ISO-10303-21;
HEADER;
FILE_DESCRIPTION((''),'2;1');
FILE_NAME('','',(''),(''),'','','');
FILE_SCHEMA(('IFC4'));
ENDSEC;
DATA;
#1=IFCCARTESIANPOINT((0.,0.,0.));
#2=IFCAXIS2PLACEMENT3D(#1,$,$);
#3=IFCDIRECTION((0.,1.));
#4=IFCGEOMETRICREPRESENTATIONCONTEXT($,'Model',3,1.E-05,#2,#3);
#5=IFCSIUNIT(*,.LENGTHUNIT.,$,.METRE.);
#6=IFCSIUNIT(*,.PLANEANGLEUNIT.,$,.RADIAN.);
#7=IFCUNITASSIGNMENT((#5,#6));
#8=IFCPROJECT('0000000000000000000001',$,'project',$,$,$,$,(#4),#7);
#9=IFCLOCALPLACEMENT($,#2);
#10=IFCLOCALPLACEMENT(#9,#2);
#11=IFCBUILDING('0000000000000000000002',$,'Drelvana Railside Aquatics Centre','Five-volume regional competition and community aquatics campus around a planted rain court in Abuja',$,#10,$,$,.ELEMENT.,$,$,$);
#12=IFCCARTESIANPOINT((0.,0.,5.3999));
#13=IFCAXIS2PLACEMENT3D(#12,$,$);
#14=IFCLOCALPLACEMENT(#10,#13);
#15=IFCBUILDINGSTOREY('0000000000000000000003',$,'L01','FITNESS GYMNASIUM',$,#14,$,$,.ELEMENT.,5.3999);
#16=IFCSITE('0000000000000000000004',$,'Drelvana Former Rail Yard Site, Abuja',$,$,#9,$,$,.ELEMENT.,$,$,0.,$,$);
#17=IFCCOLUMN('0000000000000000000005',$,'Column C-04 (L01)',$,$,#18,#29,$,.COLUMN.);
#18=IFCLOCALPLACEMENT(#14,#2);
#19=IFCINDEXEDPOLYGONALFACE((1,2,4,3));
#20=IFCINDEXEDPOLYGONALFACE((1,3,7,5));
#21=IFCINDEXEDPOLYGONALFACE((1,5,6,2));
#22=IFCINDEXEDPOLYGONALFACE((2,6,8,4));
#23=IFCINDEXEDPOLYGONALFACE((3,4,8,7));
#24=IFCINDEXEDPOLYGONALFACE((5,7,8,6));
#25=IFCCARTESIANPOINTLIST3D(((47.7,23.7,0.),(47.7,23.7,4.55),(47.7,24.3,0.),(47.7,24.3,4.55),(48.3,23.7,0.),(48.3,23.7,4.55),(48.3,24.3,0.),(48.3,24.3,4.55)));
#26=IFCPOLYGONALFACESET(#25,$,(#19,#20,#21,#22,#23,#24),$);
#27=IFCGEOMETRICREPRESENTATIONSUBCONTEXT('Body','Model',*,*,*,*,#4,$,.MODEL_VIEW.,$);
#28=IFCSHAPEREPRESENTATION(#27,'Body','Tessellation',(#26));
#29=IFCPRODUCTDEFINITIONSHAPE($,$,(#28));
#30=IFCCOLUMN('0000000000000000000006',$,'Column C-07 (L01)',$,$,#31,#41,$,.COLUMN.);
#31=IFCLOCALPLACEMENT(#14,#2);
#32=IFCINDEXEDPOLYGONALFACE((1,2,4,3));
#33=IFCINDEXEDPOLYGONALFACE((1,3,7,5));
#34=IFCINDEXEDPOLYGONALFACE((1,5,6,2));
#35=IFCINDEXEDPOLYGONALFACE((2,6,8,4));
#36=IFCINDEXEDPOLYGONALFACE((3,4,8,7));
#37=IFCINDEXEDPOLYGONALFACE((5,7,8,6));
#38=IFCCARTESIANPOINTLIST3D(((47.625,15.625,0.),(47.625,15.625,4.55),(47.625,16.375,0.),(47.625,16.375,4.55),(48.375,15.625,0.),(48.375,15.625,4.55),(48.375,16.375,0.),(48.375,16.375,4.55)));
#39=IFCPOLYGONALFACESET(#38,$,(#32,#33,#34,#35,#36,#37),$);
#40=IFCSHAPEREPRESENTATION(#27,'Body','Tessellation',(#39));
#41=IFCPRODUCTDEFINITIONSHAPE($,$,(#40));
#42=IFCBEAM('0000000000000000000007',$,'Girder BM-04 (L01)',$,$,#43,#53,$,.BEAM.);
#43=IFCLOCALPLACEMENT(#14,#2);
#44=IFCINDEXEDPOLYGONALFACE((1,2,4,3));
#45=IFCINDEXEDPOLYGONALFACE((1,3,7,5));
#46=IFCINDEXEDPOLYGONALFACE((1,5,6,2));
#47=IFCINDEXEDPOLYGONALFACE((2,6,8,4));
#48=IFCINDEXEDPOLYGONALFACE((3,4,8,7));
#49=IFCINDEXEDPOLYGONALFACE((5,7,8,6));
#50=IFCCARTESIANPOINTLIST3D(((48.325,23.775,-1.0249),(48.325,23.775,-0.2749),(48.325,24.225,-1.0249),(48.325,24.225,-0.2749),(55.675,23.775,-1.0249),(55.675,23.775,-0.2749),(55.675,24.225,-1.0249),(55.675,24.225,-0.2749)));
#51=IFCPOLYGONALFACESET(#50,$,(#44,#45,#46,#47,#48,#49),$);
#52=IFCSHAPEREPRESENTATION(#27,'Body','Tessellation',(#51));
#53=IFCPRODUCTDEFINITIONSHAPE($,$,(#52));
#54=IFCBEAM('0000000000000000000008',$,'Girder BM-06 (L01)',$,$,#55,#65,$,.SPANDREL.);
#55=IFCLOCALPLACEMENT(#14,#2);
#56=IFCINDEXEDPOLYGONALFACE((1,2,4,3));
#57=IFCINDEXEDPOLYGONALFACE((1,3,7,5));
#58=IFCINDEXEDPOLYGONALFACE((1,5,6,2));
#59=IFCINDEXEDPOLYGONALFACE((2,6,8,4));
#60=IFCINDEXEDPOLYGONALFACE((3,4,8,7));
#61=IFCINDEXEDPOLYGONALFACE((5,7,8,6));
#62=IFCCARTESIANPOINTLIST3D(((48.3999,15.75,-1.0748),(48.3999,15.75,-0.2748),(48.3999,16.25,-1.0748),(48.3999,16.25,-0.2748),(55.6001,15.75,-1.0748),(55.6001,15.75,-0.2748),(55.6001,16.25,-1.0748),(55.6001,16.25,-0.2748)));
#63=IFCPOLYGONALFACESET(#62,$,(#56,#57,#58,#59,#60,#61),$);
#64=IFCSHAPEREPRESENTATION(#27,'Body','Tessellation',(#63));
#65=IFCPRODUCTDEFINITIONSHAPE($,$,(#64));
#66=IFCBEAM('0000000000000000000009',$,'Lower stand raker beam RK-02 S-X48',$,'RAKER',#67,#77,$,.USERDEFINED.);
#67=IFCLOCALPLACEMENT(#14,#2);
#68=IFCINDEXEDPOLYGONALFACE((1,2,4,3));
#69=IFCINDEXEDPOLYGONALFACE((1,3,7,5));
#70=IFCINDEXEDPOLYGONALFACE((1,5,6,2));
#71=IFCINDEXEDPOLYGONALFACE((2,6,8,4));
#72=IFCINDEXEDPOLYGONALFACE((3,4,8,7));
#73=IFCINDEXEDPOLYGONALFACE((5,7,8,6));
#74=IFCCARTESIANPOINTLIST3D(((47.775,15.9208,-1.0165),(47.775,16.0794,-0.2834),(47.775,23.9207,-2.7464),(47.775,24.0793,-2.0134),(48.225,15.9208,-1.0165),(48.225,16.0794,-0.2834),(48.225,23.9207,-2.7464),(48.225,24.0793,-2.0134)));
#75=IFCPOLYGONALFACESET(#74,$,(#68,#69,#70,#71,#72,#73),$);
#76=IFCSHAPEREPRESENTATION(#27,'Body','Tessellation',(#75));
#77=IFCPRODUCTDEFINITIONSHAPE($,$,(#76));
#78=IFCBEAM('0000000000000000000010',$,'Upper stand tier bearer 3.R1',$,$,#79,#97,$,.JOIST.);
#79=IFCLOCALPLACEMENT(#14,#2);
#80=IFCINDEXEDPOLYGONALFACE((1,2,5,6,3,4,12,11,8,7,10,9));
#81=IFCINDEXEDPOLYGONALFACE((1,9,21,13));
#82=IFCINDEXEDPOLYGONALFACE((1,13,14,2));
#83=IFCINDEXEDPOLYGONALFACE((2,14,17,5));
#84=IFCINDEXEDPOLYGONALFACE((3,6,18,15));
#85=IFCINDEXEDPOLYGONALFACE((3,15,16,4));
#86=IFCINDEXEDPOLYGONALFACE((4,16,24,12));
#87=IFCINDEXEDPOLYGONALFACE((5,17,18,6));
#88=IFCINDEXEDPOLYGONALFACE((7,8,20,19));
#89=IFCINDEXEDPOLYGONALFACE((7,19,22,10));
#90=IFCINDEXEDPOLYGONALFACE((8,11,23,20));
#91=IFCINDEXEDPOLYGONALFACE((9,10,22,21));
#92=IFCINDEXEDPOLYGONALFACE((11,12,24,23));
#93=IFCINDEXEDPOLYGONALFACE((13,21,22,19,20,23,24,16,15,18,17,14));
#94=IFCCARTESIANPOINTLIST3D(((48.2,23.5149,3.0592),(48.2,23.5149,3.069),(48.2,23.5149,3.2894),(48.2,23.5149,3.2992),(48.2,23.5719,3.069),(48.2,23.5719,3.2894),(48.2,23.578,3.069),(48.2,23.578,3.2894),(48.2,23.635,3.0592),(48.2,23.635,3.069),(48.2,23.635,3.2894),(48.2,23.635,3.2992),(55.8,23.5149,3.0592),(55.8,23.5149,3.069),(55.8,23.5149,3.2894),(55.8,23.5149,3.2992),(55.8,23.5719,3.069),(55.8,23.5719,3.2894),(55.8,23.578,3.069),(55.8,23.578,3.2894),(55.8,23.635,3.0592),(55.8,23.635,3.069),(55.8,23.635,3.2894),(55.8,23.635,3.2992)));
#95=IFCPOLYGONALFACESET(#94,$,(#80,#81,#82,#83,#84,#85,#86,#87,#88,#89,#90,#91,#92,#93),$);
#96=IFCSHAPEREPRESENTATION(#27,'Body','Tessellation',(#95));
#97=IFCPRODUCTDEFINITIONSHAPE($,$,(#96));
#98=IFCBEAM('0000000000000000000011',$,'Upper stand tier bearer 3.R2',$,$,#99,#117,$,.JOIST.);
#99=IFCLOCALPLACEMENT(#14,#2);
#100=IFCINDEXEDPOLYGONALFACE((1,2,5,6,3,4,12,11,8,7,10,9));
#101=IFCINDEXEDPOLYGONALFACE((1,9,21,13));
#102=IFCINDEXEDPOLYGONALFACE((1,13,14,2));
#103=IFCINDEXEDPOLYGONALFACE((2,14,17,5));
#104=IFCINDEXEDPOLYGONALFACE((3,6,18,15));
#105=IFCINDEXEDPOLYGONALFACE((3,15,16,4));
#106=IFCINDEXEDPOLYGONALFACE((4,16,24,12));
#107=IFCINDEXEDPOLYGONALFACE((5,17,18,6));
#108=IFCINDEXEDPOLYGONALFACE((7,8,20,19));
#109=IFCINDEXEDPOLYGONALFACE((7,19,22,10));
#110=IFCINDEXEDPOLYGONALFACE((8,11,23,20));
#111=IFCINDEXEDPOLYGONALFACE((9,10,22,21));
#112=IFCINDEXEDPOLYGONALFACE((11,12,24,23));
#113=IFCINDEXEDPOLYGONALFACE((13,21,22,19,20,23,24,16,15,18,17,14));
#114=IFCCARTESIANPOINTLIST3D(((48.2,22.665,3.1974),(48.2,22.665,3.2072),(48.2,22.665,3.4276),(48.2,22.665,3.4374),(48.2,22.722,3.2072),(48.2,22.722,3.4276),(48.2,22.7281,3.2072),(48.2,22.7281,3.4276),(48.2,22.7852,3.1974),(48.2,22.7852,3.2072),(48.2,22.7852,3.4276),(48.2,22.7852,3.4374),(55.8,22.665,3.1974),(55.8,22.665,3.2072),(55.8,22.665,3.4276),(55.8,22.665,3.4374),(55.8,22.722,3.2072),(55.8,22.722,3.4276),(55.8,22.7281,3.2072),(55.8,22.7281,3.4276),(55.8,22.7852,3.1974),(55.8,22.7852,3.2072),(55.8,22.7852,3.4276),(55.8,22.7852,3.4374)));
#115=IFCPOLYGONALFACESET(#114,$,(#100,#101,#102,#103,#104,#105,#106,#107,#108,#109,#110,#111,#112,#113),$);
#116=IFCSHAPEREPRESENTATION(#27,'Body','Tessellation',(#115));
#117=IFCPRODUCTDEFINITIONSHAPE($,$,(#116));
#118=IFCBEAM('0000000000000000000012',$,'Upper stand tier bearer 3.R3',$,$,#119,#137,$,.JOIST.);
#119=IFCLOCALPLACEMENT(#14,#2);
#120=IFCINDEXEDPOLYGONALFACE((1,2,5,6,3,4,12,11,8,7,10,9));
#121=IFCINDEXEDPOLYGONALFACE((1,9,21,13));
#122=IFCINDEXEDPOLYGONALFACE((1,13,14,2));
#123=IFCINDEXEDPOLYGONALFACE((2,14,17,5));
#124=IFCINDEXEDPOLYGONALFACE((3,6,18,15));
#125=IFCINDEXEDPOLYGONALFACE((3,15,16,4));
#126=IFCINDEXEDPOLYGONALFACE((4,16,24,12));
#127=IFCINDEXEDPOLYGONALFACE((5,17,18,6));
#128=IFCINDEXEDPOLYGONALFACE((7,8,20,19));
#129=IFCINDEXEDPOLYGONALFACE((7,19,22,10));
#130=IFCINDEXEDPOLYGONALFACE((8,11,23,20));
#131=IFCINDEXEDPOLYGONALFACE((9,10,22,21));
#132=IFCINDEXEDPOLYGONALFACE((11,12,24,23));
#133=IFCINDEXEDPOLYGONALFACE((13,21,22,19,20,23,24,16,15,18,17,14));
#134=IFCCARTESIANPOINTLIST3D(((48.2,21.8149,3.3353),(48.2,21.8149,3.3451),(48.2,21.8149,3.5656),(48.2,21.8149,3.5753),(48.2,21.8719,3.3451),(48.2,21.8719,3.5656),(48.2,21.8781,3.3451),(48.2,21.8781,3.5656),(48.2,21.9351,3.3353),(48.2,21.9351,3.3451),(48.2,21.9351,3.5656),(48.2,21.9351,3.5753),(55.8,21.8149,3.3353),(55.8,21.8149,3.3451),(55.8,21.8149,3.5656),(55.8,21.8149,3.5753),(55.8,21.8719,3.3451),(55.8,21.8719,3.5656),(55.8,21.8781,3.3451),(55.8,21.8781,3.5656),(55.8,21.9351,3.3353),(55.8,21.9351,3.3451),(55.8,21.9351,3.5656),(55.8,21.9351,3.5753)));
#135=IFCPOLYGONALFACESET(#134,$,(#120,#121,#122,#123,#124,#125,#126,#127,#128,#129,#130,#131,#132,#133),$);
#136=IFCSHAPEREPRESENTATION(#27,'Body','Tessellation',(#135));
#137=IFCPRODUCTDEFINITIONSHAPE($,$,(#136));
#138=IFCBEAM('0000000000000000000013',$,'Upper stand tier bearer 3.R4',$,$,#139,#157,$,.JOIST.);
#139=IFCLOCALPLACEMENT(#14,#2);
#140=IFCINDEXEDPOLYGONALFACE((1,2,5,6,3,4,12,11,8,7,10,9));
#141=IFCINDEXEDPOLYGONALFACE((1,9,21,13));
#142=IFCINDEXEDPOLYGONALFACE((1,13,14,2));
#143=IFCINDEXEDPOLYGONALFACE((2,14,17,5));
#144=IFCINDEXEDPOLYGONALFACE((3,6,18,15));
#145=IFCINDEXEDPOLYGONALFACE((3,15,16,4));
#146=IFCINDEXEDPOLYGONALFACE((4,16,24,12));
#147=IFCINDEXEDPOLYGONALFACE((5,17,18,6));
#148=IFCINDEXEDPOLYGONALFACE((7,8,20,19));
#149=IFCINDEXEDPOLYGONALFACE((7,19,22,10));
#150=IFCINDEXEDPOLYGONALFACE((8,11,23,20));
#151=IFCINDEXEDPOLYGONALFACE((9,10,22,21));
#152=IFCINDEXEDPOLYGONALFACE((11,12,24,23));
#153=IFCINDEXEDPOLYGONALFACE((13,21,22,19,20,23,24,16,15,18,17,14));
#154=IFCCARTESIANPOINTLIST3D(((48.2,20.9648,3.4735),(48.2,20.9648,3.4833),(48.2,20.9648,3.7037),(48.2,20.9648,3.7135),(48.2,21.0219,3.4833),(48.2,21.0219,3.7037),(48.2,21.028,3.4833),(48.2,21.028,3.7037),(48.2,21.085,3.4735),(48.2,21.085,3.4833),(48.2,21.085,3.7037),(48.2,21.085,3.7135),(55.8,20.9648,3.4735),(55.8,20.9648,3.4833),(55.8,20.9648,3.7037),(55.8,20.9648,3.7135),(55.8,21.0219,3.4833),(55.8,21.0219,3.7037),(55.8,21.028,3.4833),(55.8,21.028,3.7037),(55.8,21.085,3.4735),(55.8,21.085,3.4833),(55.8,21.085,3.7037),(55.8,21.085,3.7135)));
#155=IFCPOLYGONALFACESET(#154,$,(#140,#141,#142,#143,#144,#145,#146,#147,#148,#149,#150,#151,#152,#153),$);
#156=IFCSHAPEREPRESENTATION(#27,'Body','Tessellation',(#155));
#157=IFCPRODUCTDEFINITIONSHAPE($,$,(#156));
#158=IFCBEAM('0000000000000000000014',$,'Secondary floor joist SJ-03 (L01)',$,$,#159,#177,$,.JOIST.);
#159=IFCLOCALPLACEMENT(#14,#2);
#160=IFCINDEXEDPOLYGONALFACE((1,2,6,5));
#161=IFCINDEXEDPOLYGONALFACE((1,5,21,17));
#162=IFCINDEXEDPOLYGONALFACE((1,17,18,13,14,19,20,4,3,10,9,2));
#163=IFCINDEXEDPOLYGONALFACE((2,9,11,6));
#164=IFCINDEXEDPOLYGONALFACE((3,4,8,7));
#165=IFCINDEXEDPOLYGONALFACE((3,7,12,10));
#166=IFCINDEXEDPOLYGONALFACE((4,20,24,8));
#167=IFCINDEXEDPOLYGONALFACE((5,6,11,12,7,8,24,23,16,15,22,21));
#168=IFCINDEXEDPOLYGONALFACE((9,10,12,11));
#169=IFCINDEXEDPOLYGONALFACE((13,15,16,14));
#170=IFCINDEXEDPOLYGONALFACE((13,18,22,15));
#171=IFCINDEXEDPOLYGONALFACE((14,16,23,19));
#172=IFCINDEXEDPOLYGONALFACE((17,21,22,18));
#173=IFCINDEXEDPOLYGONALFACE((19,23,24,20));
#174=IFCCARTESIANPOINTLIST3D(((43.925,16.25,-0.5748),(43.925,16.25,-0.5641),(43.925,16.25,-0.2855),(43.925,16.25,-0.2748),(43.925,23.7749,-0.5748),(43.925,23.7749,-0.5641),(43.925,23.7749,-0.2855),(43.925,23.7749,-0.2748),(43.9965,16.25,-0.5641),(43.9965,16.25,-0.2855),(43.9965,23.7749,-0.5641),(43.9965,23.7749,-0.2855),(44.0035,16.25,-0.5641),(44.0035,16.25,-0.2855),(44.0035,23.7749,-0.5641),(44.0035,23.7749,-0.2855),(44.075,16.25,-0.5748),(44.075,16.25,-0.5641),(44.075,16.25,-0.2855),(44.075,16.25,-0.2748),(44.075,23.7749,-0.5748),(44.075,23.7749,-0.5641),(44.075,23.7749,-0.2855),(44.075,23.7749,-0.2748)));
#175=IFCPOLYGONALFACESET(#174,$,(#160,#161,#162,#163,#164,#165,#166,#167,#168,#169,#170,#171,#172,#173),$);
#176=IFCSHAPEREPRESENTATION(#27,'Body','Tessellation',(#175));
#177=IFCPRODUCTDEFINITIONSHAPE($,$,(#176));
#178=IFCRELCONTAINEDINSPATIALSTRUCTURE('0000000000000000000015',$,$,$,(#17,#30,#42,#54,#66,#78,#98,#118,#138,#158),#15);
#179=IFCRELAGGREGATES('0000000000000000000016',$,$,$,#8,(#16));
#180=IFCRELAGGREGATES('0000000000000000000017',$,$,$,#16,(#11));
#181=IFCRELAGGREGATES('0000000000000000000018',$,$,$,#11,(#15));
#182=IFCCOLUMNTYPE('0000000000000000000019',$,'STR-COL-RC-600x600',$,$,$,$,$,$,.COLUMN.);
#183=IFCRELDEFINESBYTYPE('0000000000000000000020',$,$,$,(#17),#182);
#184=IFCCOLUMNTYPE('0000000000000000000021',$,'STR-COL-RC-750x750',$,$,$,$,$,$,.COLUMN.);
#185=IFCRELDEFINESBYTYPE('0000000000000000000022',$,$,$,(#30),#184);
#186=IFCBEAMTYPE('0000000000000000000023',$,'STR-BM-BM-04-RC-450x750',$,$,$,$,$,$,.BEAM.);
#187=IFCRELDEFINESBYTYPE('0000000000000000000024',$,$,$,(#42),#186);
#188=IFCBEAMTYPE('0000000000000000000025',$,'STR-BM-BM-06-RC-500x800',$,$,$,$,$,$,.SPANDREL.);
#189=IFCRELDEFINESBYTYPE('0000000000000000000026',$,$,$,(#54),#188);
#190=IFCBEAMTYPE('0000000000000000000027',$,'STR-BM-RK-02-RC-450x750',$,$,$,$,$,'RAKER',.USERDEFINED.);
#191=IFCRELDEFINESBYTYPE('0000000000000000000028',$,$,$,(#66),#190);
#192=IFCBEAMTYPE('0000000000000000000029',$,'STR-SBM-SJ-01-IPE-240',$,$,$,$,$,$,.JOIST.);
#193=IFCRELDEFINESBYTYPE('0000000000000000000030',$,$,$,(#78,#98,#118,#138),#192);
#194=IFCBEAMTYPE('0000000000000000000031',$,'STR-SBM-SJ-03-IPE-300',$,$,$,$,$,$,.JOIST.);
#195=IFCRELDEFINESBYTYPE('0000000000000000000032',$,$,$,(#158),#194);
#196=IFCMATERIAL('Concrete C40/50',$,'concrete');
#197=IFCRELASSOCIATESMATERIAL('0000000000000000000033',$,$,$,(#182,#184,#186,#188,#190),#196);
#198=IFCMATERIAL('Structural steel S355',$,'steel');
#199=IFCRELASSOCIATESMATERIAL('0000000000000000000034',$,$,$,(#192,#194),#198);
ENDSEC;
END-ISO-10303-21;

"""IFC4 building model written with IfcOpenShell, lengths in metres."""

from ifc_helpers import new_model, si_unit, direction, frame, origin, origin_2d, place, context, subcontext, project, spatial, rectangle, i_section, extrude, material, material_profile, profile_set, type_object, element, save


model = new_model("IFC4")

# Units and contexts
model_context = context("Model", 3, precision=1e-05, world=origin(), true_north=direction((0.0, 1.0)))
body_context = subcontext(model_context, "Body", "Model", "MODEL_VIEW")
ifc_project = project(units=[si_unit("LENGTHUNIT", "METRE"), si_unit("PLANEANGLEUNIT", "RADIAN")], contexts=[model_context])

# Site, building, storey
site_placement = place(None, origin())
site = spatial("IfcSite", under=ifc_project, at=site_placement, Name="Drelvana Former Rail Yard Site, Abuja", CompositionType="ELEMENT", RefElevation=0.0)
building_placement = place(site_placement, origin())
building = spatial("IfcBuilding", under=site, at=building_placement, Name="Drelvana Railside Aquatics Centre", Description="Five-volume regional competition and community aquatics campus around a planted rain court in Abuja", CompositionType="ELEMENT")
storey_placement = place(building_placement, frame((0.0, 0.0, 5.3999)))
storey = spatial("IfcBuildingStorey", under=building, at=storey_placement, Name="L01", Description="FITNESS GYMNASIUM", CompositionType="ELEMENT", Elevation=5.3999)

# Columns
ifc_material_1 = material(Name="Concrete C40/50", Category="concrete")
ifc_material_profile_1 = material_profile(ifc_material_1, rectangle(XDim=0.6001, YDim=0.6001, at=origin_2d()), Name="RC 600x600")
ifc_profile_set_1 = profile_set([ifc_material_profile_1], Name="Concrete C40/50")
column_type_1 = type_object("IfcColumnType", Name="STR-COL-RC-600x600", PredefinedType="COLUMN", material=ifc_profile_set_1)
column_1_placement = place(storey_placement, frame((48.0, 24.0, 0.0), z_axis=(0.0, 0.0, 1.0), x_axis=(1.0, 0.0, 0.0)))
element("IfcColumn", 1, at=column_1_placement, inside=storey, type_object=column_type_1, Name="Column C-04 (L01)", PredefinedType="COLUMN", context=body_context, shape_type="SweptSolid", body=[
    extrude(rectangle(XDim=0.6001, YDim=0.6001, at=origin_2d()), origin(), (0.0, 0.0, 1.0), 4.55),
])
ifc_material_profile_2 = material_profile(ifc_material_1, rectangle(XDim=0.75, YDim=0.75, at=origin_2d()), Name="RC 750x750")
ifc_profile_set_2 = profile_set([ifc_material_profile_2], Name="Concrete C40/50")
column_type_2 = type_object("IfcColumnType", Name="STR-COL-RC-750x750", PredefinedType="COLUMN", material=ifc_profile_set_2)
column_2_placement = place(storey_placement, frame((48.0, 16.0, 0.0), z_axis=(0.0, 0.0, 1.0), x_axis=(1.0, 0.0, 0.0)))
element("IfcColumn", 2, at=column_2_placement, inside=storey, type_object=column_type_2, Name="Column C-07 (L01)", PredefinedType="COLUMN", context=body_context, shape_type="SweptSolid", body=[
    extrude(rectangle(XDim=0.75, YDim=0.75, at=origin_2d()), origin(), (0.0, 0.0, 1.0), 4.55),
])

# Beams
ifc_material_profile_3 = material_profile(ifc_material_1, rectangle(XDim=0.45, YDim=0.75, at=origin_2d()), Name="RC 450x750")
ifc_profile_set_3 = profile_set([ifc_material_profile_3], Name="Concrete C40/50")
beam_type_1 = type_object("IfcBeamType", Name="STR-BM-BM-04-RC-450x750", PredefinedType="BEAM", material=ifc_profile_set_3)
beam_1_placement = place(storey_placement, frame((48.325, 24.0, -0.6499), z_axis=(1.0, 0.0, 0.0), x_axis=(0.0, 1.0, 0.0)))
element("IfcBeam", 3, at=beam_1_placement, inside=storey, type_object=beam_type_1, Name="Girder BM-04 (L01)", PredefinedType="BEAM", context=body_context, shape_type="SweptSolid", body=[
    extrude(rectangle(XDim=0.45, YDim=0.75, at=origin_2d()), origin(), (0.0, 0.0, 1.0), 7.3501),
])
ifc_material_profile_4 = material_profile(ifc_material_1, rectangle(XDim=0.5, YDim=0.8, at=origin_2d()), Name="RC 500x800")
ifc_profile_set_4 = profile_set([ifc_material_profile_4], Name="Concrete C40/50")
beam_type_2 = type_object("IfcBeamType", Name="STR-BM-BM-06-RC-500x800", PredefinedType="SPANDREL", material=ifc_profile_set_4)
beam_2_placement = place(storey_placement, frame((48.3999, 16.0, -0.6748), z_axis=(1.0, 0.0, 0.0), x_axis=(0.0, 1.0, 0.0)))
element("IfcBeam", 4, at=beam_2_placement, inside=storey, type_object=beam_type_2, Name="Girder BM-06 (L01)", PredefinedType="SPANDREL", context=body_context, shape_type="SweptSolid", body=[
    extrude(rectangle(XDim=0.5, YDim=0.8, at=origin_2d()), origin(), (0.0, 0.0, 1.0), 7.2002),
])
ifc_material_profile_5 = material_profile(ifc_material_1, rectangle(XDim=0.45, YDim=0.75, at=origin_2d()), Name="RC 450x750")
ifc_profile_set_5 = profile_set([ifc_material_profile_5], Name="Concrete C40/50")
beam_type_3 = type_object("IfcBeamType", Name="STR-BM-RK-02-RC-450x750", ElementType="RAKER", PredefinedType="USERDEFINED", material=ifc_profile_set_5)
beam_3_placement = place(storey_placement, frame((48.0, 24.0, -2.3799), z_axis=(0.0, -0.977408, 0.211362), x_axis=(1.0, 0.0, 0.0)))
element("IfcBeam", 5, at=beam_3_placement, inside=storey, type_object=beam_type_3, Name="Lower stand raker beam RK-02 S-X48", ObjectType="RAKER", PredefinedType="USERDEFINED", context=body_context, shape_type="SweptSolid", body=[
    extrude(rectangle(XDim=0.45, YDim=0.75, at=origin_2d()), origin(), (0.0, 0.0, 1.0), 8.1848),
])
ifc_material_2 = material(Name="Structural steel S355", Category="steel")
ifc_material_profile_6 = material_profile(ifc_material_2, i_section(OverallWidth=0.1201, OverallDepth=0.24, WebThickness=0.0061, FlangeThickness=0.0098, at=origin_2d()), Name="IPE 240")
ifc_profile_set_6 = profile_set([ifc_material_profile_6], Name="Structural steel S355")
beam_type_4 = type_object("IfcBeamType", Name="STR-SBM-SJ-01-IPE-240", PredefinedType="JOIST", material=ifc_profile_set_6)
for number, where, z_axis, x_axis, name in (
    (6, (48.2, 23.575, 3.1792), (1.0, 0.0, 0.0), (0.0, 1.0, 0.0), "Upper stand tier bearer 3.R1"),
    (7, (48.2, 22.7251, 3.3174), (1.0, 0.0, 0.0), (0.0, 1.0, 0.0), "Upper stand tier bearer 3.R2"),
    (8, (48.2, 21.875, 3.4553), (1.0, 0.0, 0.0), (0.0, 1.0, 0.0), "Upper stand tier bearer 3.R3"),
    (9, (48.2, 21.0249, 3.5935), (1.0, 0.0, 0.0), (0.0, 1.0, 0.0), "Upper stand tier bearer 3.R4"),
):
    element("IfcBeam", number, at=place(storey_placement, frame(where, z_axis=z_axis, x_axis=x_axis)), inside=storey, type_object=beam_type_4, Name=name, PredefinedType="JOIST", context=body_context, shape_type="SweptSolid", body=[
        extrude(i_section(OverallWidth=0.1201, OverallDepth=0.24, WebThickness=0.0061, FlangeThickness=0.0098, at=origin_2d()), origin(), (0.0, 0.0, 1.0), 7.6001),
    ])
ifc_material_profile_7 = material_profile(ifc_material_2, i_section(OverallWidth=0.1499, OverallDepth=0.3, WebThickness=0.0071, FlangeThickness=0.0107, at=origin_2d()), Name="IPE 300")
ifc_profile_set_7 = profile_set([ifc_material_profile_7], Name="Structural steel S355")
beam_type_5 = type_object("IfcBeamType", Name="STR-SBM-SJ-03-IPE-300", PredefinedType="JOIST", material=ifc_profile_set_7)
for number, where, z_axis, x_axis, name in (
    (10, (44.0, 16.25, -0.4248), (0.0, 1.0, 0.0), (-1.0, 0.0, 0.0), "Secondary floor joist SJ-03 (L01)"),
):
    element("IfcBeam", number, at=place(storey_placement, frame(where, z_axis=z_axis, x_axis=x_axis)), inside=storey, type_object=beam_type_5, Name=name, PredefinedType="JOIST", context=body_context, shape_type="SweptSolid", body=[
        extrude(i_section(OverallWidth=0.1499, OverallDepth=0.3, WebThickness=0.0071, FlangeThickness=0.0107, at=origin_2d()), origin(), (0.0, 0.0, 1.0), 7.5249),
    ])

save(model, "model.ifc")
